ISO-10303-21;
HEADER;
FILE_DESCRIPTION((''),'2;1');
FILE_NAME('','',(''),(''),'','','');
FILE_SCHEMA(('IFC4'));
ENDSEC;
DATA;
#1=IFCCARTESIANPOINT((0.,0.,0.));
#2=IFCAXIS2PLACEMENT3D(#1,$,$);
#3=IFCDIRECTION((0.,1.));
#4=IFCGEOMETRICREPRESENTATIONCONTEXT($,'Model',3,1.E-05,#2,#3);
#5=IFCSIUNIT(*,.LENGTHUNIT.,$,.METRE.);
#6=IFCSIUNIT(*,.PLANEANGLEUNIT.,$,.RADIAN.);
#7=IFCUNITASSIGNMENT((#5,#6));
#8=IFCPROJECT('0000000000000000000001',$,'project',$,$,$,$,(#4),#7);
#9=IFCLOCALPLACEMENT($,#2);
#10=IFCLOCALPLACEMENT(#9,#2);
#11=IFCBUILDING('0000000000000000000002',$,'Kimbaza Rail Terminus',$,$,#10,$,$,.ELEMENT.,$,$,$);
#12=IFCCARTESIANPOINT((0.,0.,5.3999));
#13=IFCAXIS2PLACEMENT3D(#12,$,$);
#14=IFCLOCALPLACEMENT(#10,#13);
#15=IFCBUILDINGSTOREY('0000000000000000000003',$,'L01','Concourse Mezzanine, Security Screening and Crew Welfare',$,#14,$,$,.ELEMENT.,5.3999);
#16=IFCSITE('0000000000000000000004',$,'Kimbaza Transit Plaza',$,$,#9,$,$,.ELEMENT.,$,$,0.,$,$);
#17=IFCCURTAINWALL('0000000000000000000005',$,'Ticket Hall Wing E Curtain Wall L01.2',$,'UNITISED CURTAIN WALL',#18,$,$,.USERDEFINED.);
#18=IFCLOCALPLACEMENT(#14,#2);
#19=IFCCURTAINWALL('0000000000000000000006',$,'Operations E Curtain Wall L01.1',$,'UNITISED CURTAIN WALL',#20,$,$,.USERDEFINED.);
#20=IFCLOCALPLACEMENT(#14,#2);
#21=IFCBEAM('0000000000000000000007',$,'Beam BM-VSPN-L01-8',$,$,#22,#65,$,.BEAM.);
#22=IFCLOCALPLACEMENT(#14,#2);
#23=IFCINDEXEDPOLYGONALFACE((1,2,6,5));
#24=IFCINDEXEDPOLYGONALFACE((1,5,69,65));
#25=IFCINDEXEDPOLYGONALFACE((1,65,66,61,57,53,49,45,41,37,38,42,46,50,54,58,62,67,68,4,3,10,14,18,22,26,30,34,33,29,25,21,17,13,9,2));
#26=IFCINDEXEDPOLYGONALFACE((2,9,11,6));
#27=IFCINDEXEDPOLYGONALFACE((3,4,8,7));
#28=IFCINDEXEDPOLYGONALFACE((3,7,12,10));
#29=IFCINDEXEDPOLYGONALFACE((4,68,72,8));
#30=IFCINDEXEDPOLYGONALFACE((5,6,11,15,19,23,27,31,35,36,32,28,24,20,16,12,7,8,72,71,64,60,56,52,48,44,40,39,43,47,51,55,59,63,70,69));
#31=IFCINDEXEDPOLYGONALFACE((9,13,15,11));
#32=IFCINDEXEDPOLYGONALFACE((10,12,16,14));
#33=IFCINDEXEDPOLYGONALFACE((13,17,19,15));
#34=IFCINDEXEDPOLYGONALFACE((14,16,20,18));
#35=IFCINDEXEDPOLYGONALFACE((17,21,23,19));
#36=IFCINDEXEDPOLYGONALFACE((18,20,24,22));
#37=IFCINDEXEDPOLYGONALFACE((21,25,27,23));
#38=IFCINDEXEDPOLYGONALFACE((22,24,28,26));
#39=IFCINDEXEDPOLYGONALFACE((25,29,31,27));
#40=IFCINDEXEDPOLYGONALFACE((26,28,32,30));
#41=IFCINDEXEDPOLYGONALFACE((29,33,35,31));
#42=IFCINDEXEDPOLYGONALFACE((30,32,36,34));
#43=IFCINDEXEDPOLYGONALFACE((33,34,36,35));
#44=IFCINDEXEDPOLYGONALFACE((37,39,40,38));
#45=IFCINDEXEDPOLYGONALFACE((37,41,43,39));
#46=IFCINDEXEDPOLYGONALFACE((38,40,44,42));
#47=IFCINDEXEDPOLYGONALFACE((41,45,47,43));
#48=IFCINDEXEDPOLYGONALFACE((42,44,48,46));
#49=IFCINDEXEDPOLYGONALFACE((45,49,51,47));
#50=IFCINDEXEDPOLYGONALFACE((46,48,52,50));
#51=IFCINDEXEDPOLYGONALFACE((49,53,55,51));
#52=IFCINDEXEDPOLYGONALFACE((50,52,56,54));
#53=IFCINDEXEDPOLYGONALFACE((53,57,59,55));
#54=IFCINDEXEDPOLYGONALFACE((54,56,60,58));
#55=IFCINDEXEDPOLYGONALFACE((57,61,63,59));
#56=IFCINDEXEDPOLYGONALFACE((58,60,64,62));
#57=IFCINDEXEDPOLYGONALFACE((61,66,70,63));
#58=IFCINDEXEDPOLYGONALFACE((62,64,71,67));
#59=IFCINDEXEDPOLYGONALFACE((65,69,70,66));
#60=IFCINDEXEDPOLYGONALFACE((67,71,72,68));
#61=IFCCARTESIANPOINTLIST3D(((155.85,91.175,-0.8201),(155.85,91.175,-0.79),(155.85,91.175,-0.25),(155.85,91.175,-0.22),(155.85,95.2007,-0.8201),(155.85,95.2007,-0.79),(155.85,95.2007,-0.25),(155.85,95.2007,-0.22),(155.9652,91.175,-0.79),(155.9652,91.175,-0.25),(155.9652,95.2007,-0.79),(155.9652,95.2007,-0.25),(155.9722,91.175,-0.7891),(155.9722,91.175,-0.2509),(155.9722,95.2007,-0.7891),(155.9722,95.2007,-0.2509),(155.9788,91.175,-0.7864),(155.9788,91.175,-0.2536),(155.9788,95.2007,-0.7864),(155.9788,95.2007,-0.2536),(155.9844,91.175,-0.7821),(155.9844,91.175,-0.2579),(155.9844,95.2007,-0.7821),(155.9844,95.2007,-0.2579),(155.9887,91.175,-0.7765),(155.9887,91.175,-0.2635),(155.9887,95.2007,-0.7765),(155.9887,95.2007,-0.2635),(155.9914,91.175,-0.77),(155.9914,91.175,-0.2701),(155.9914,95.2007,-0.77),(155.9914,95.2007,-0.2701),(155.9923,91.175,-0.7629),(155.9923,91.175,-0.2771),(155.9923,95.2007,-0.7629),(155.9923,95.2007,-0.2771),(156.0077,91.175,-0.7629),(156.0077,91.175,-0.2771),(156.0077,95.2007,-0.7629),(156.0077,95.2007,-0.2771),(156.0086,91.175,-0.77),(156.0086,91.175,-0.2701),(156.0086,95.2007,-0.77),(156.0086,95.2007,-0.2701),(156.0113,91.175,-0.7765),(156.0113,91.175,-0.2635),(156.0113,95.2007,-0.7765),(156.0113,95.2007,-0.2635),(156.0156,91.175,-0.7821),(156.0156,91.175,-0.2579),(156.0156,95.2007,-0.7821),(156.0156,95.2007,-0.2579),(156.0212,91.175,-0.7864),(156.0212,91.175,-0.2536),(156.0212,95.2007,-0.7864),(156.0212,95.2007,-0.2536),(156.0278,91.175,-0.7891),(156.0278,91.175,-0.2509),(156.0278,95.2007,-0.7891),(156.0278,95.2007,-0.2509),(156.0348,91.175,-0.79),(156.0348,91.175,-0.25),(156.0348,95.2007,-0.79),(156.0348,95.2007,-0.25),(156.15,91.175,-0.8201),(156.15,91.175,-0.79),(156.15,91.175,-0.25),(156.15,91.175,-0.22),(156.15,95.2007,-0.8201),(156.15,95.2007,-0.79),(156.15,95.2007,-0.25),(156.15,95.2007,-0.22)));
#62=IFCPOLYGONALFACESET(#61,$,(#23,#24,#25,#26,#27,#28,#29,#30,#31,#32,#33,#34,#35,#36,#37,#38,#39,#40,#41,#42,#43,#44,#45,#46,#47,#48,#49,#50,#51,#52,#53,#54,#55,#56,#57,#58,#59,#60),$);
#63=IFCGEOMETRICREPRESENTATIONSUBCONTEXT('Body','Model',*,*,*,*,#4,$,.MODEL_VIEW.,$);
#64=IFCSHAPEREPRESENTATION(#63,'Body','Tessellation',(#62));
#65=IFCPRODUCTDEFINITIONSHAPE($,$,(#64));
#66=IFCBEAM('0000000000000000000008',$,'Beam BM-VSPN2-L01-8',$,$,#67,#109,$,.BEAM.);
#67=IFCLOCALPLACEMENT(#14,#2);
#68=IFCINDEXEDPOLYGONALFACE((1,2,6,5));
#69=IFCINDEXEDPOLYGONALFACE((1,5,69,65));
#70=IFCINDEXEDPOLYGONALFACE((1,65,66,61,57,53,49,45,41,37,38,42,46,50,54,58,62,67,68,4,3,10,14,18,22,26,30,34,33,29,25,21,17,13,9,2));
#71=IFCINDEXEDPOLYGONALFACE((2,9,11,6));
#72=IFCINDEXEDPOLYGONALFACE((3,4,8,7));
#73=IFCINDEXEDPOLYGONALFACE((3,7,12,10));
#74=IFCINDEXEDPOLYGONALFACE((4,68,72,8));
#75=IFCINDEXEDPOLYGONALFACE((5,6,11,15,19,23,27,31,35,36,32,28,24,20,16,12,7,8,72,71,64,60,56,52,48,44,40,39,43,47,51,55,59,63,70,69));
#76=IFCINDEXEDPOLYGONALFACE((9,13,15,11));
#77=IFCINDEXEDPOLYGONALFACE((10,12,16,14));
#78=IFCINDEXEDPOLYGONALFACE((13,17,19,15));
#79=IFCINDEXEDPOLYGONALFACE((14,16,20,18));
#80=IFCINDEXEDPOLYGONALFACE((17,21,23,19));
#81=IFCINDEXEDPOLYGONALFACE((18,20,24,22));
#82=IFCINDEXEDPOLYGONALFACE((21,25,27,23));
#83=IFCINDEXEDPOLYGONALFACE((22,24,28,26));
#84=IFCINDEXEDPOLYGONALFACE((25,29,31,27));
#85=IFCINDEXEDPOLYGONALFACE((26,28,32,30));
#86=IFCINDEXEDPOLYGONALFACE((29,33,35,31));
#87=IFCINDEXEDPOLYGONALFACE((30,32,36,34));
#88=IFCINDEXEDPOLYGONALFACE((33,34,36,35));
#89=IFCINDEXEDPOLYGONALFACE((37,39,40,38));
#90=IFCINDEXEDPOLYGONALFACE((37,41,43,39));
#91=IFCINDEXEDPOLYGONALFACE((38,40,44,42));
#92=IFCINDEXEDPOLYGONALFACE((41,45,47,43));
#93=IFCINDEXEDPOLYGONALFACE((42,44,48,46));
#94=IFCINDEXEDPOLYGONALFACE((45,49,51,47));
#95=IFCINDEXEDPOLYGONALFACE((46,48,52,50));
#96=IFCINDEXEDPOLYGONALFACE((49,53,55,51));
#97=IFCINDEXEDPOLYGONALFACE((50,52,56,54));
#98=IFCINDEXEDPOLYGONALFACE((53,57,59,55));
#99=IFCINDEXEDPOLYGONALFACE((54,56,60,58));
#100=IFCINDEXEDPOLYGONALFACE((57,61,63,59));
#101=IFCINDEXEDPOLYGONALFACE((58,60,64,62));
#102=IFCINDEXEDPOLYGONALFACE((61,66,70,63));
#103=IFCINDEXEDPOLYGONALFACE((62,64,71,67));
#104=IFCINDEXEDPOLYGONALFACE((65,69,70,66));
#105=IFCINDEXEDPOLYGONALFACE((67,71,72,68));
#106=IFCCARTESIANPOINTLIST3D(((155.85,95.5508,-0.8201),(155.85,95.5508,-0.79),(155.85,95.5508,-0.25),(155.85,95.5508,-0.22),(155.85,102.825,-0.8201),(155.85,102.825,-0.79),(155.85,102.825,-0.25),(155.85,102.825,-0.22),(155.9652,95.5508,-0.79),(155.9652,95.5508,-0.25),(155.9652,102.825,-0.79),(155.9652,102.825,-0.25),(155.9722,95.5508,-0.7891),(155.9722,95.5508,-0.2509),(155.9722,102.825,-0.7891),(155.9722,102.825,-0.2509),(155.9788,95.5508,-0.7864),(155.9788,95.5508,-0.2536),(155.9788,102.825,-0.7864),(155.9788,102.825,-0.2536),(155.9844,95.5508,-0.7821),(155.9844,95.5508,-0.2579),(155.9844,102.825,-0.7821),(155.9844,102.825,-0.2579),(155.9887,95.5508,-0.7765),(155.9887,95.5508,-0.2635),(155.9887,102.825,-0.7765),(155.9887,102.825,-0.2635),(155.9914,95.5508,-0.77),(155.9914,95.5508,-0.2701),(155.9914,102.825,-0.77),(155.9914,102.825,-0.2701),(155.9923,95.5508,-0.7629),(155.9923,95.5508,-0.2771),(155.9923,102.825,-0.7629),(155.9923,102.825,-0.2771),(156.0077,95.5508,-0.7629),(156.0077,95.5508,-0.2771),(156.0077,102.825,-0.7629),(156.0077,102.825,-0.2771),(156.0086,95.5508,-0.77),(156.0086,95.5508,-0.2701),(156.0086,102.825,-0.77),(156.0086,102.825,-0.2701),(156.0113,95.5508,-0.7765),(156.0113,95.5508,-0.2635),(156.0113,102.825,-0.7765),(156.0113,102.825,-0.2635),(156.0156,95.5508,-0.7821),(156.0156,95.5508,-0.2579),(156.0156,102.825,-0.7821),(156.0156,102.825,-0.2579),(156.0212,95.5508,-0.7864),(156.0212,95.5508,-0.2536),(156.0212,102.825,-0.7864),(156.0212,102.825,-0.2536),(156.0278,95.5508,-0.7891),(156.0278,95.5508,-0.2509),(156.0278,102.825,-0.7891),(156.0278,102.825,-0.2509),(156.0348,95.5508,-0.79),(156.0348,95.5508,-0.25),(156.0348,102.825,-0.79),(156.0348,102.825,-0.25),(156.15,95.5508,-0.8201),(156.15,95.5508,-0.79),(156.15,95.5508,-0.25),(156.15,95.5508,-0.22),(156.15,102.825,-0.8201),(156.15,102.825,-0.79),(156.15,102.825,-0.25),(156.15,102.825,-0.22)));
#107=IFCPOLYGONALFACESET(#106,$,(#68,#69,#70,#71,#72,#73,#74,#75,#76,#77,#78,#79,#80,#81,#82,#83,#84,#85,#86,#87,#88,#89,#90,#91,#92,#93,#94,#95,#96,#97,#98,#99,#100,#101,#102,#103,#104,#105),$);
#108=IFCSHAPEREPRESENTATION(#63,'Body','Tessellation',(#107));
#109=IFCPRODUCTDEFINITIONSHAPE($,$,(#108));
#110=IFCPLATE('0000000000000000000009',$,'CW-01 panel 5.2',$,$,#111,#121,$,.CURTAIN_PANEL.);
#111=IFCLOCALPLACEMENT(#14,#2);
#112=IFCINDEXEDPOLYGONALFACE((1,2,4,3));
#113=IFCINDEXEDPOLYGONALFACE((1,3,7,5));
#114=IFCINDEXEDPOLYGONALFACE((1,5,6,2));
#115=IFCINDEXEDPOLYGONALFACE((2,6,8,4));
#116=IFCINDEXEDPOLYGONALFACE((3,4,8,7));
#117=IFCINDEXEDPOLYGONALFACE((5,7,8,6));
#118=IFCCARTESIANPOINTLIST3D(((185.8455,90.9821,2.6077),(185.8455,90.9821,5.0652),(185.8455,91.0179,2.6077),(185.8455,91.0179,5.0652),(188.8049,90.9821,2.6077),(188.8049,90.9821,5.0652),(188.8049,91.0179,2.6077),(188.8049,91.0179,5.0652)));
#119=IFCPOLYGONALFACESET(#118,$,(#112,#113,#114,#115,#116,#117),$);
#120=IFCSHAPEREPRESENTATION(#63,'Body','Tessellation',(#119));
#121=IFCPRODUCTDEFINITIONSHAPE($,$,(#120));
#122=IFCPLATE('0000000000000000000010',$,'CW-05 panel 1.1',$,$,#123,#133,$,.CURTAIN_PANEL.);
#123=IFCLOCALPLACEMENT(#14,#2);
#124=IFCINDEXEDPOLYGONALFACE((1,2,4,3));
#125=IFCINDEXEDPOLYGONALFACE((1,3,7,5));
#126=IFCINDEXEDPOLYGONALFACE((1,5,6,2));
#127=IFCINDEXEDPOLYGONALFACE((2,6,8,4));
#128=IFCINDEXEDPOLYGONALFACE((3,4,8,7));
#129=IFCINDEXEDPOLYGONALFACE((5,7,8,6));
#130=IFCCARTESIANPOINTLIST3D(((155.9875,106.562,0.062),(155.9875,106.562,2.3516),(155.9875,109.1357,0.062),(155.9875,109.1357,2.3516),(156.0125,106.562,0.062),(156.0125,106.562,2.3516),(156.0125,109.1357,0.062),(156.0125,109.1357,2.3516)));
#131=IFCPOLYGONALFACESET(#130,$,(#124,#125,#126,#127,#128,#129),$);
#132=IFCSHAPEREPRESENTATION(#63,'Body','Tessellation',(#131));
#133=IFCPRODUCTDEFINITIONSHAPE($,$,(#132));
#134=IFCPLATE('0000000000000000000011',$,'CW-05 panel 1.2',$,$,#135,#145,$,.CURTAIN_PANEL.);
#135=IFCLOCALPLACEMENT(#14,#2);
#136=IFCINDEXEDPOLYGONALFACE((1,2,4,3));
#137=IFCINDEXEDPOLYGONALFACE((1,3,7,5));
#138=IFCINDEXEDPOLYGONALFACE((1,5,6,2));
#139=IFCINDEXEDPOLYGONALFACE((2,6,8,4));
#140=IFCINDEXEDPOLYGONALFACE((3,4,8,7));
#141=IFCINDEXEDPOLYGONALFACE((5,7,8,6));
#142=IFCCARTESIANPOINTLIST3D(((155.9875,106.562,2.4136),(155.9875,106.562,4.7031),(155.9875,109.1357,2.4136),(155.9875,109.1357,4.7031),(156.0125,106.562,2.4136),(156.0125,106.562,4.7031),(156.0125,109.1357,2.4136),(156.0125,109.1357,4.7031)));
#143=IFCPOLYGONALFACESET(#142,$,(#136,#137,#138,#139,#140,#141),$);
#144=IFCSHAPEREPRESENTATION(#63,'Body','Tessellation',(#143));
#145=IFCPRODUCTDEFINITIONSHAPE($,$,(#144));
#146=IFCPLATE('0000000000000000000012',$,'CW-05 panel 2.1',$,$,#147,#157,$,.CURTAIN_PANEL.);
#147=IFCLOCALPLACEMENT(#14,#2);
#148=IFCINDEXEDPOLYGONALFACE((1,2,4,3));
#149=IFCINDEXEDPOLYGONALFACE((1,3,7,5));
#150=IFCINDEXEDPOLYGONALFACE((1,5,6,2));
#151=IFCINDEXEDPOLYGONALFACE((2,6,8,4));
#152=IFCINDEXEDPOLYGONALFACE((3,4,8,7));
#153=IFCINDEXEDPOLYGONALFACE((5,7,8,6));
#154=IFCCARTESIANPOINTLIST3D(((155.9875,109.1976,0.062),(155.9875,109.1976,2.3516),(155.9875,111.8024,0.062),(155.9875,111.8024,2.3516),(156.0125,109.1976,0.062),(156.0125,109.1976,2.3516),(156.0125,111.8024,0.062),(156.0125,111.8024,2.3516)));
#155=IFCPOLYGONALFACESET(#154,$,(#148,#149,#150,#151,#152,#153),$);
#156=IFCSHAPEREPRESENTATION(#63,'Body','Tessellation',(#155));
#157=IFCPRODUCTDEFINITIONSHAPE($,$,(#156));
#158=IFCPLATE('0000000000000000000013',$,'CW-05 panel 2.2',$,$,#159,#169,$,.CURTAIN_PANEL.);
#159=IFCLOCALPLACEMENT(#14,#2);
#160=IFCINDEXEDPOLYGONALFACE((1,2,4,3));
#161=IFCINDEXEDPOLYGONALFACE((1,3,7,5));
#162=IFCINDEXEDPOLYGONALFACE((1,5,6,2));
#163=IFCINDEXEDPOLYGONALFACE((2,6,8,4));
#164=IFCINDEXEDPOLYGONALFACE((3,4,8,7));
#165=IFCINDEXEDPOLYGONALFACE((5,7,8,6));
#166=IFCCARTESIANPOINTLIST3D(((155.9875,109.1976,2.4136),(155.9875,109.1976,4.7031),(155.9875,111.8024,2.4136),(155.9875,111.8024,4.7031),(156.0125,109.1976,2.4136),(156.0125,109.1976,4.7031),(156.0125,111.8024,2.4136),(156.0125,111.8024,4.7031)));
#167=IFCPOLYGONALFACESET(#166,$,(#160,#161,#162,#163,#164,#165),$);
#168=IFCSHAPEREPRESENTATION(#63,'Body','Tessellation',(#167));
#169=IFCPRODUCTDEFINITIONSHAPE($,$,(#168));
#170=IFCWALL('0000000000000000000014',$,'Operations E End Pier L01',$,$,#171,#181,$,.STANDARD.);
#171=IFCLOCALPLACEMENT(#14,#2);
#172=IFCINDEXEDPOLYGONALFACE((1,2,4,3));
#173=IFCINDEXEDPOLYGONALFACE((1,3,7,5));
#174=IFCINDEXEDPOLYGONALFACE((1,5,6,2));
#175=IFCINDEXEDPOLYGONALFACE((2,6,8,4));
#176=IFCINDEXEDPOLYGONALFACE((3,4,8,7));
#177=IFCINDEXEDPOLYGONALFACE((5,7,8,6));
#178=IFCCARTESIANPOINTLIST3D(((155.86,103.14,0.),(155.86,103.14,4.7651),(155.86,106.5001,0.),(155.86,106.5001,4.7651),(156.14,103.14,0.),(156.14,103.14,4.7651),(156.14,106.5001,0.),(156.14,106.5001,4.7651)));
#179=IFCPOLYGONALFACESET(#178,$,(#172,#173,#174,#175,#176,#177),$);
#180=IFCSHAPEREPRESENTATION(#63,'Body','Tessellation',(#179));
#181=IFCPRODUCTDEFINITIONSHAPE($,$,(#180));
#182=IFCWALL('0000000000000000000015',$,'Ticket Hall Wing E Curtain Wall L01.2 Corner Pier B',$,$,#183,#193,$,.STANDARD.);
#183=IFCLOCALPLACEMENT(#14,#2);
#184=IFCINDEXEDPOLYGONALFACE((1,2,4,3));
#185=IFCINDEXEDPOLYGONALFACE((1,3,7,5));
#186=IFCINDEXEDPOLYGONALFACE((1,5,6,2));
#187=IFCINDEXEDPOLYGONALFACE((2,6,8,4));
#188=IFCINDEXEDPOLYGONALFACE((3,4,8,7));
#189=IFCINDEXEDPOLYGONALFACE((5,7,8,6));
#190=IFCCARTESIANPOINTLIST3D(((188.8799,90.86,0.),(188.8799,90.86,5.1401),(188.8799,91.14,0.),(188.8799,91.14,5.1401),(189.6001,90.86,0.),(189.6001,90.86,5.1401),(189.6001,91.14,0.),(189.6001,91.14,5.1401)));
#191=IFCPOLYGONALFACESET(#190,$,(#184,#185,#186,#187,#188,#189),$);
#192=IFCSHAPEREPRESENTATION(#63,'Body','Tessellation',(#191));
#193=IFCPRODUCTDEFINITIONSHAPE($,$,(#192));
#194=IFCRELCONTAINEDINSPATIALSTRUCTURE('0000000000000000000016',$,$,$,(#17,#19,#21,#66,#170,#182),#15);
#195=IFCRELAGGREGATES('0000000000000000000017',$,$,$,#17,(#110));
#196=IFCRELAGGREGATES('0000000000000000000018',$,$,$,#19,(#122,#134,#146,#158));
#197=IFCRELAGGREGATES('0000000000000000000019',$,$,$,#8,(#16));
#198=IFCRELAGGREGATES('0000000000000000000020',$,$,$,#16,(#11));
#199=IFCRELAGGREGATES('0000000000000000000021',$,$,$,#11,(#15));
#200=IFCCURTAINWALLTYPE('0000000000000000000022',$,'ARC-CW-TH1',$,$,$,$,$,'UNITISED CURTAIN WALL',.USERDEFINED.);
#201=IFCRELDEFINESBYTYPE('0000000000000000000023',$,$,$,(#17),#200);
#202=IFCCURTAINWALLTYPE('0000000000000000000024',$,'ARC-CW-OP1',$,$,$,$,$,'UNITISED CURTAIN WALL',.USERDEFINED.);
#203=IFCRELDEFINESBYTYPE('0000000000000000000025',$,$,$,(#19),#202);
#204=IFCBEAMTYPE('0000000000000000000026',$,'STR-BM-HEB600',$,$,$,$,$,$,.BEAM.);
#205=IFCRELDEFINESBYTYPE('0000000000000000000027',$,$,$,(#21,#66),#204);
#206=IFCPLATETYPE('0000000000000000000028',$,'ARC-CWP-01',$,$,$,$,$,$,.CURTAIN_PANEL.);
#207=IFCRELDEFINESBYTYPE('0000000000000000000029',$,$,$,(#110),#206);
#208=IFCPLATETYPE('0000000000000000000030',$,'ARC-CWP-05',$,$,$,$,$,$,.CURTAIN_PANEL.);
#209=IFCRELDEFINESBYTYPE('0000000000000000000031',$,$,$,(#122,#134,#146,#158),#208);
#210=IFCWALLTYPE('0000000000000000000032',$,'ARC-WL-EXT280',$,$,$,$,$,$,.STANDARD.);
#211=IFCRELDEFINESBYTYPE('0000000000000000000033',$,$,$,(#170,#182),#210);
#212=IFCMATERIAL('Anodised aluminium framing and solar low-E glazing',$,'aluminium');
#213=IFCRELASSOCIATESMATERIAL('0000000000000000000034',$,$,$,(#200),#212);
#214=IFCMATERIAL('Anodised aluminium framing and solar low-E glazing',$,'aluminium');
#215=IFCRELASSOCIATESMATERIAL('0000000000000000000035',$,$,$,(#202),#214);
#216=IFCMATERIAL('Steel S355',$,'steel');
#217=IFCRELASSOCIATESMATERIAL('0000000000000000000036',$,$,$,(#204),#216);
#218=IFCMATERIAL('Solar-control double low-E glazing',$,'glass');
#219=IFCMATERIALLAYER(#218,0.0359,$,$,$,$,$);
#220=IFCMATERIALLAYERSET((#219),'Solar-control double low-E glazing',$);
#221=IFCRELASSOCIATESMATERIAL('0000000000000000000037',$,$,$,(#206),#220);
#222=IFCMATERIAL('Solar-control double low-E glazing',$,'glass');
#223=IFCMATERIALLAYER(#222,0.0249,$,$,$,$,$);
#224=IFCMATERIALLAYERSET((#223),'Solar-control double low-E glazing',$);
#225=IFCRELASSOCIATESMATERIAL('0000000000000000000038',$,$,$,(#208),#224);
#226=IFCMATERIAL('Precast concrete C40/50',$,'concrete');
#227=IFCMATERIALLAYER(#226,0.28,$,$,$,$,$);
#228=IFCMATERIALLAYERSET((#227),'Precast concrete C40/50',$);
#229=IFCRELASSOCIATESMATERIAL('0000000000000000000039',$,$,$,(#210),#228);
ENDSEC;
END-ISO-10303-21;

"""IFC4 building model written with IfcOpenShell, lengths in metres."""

from ifc_helpers import new_model, si_unit, direction, frame, frame_2d, origin, origin_2d, place, context, subcontext, project, spatial, rectangle, i_section, extrude, material, layer, layer_set, material_profile, profile_set, type_object, element, aggregate, save


model = new_model("IFC4")

# Units and contexts
model_context = context("Model", 3, precision=1e-05, world=origin(), true_north=direction((0.0, 1.0)))
body_context = subcontext(model_context, "Body", "Model", "MODEL_VIEW")
ifc_project = project(units=[si_unit("LENGTHUNIT", "METRE"), si_unit("PLANEANGLEUNIT", "RADIAN")], contexts=[model_context])

# Site, building, storey
site_placement = place(None, origin())
site = spatial("IfcSite", under=ifc_project, at=site_placement, Name="Kimbaza Transit Plaza", CompositionType="ELEMENT", RefElevation=0.0)
building_placement = place(site_placement, origin())
building = spatial("IfcBuilding", under=site, at=building_placement, Name="Kimbaza Rail Terminus", CompositionType="ELEMENT")
storey_placement = place(building_placement, frame((0.0, 0.0, 5.3999)))
storey = spatial("IfcBuildingStorey", under=building, at=storey_placement, Name="L01", Description="Concourse Mezzanine, Security Screening and Crew Welfare", CompositionType="ELEMENT", Elevation=5.3999)

# Curtain wall
ifc_material_1 = material(Name="Anodised aluminium framing and solar low-E glazing", Category="aluminium")
curtain_wall_type_1 = type_object("IfcCurtainWallType", Name="ARC-CW-TH1", ElementType="UNITISED CURTAIN WALL", PredefinedType="USERDEFINED", material=ifc_material_1)
curtain_wall_1_placement = place(storey_placement, origin())
curtain_wall_1 = element("IfcCurtainWall", 1, at=curtain_wall_1_placement, inside=storey, type_object=curtain_wall_type_1, Name="Ticket Hall Wing E Curtain Wall L01.2", ObjectType="UNITISED CURTAIN WALL", PredefinedType="USERDEFINED")

# Curtain wall
ifc_material_2 = material(Name="Anodised aluminium framing and solar low-E glazing", Category="aluminium")
curtain_wall_type_2 = type_object("IfcCurtainWallType", Name="ARC-CW-OP1", ElementType="UNITISED CURTAIN WALL", PredefinedType="USERDEFINED", material=ifc_material_2)
curtain_wall_2_placement = place(storey_placement, origin())
curtain_wall_2 = element("IfcCurtainWall", 2, at=curtain_wall_2_placement, inside=storey, type_object=curtain_wall_type_2, Name="Operations E Curtain Wall L01.1", ObjectType="UNITISED CURTAIN WALL", PredefinedType="USERDEFINED")

# Beams
ifc_material_3 = material(Name="Steel S355", Category="steel")
ifc_material_profile_1 = material_profile(ifc_material_3, i_section(OverallWidth=0.3, OverallDepth=0.6001, WebThickness=0.0154, FlangeThickness=0.03, FilletRadius=0.0271, at=origin_2d()), Name="HEB 600")
ifc_profile_set_1 = profile_set([ifc_material_profile_1], Name="Steel S355")
beam_type_1 = type_object("IfcBeamType", Name="STR-BM-HEB600", PredefinedType="BEAM", material=ifc_profile_set_1)
beam_1_placement = place(storey_placement, frame((156.0, 91.175, -0.52), z_axis=(0.0, 1.0, 0.0), x_axis=(-1.0, 0.0, 0.0)))
element("IfcBeam", 3, at=beam_1_placement, inside=storey, type_object=beam_type_1, Name="Beam BM-VSPN-L01-8", PredefinedType="BEAM", context=body_context, shape_type="SweptSolid", body=[
    extrude(i_section(OverallWidth=0.3, OverallDepth=0.6001, WebThickness=0.0154, FlangeThickness=0.03, FilletRadius=0.0271, at=origin_2d()), origin(), (0.0, 0.0, 1.0), 4.0256),
])
beam_2_placement = place(storey_placement, frame((156.0, 95.5508, -0.52), z_axis=(0.0, 1.0, 0.0), x_axis=(-1.0, 0.0, 0.0)))
element("IfcBeam", 4, at=beam_2_placement, inside=storey, type_object=beam_type_1, Name="Beam BM-VSPN2-L01-8", PredefinedType="BEAM", context=body_context, shape_type="SweptSolid", body=[
    extrude(i_section(OverallWidth=0.3, OverallDepth=0.6001, WebThickness=0.0154, FlangeThickness=0.03, FilletRadius=0.0271, at=origin_2d()), origin(), (0.0, 0.0, 1.0), 7.2742),
])

# Plates
ifc_material_4 = material(Name="Solar-control double low-E glazing", Category="glass")
ifc_layer_1 = layer(ifc_material_4, 0.0359)
ifc_layer_set_1 = layer_set([ifc_layer_1], Name="Solar-control double low-E glazing")
plate_type_1 = type_object("IfcPlateType", Name="ARC-CWP-01", PredefinedType="CURTAIN_PANEL", material=ifc_layer_set_1)
plate_1_placement = place(storey_placement, frame((187.3252, 91.0, 2.6077), z_axis=(0.0, 0.0, 1.0), x_axis=(1.0, 0.0, 0.0)))
plate_1 = element("IfcPlate", 5, at=plate_1_placement, type_object=plate_type_1, Name="CW-01 panel 5.2", PredefinedType="CURTAIN_PANEL", context=body_context, shape_type="SweptSolid", body=[
    extrude(rectangle(XDim=2.9595, YDim=0.0359, at=origin_2d()), origin(), (0.0, 0.0, 1.0), 2.4575),
])
aggregate(curtain_wall_1, [plate_1])
ifc_material_5 = material(Name="Solar-control double low-E glazing", Category="glass")
ifc_layer_2 = layer(ifc_material_5, 0.0249)
ifc_layer_set_2 = layer_set([ifc_layer_2], Name="Solar-control double low-E glazing")
plate_type_2 = type_object("IfcPlateType", Name="ARC-CWP-05", PredefinedType="CURTAIN_PANEL", material=ifc_layer_set_2)
plate_2_placement = place(storey_placement, frame((156.0, 107.8489, 0.062), z_axis=(0.0, 0.0, 1.0), x_axis=(0.0, 1.0, 0.0)))
plate_2 = element("IfcPlate", 6, at=plate_2_placement, type_object=plate_type_2, Name="CW-05 panel 1.1", PredefinedType="CURTAIN_PANEL", context=body_context, shape_type="SweptSolid", body=[
    extrude(rectangle(XDim=2.5737, YDim=0.0249, at=origin_2d()), origin(), (0.0, 0.0, 1.0), 2.2896),
])
plate_3_placement = place(storey_placement, frame((156.0, 107.8489, 2.4136), z_axis=(0.0, 0.0, 1.0), x_axis=(0.0, 1.0, 0.0)))
plate_3 = element("IfcPlate", 7, at=plate_3_placement, type_object=plate_type_2, Name="CW-05 panel 1.2", PredefinedType="CURTAIN_PANEL", context=body_context, shape_type="SweptSolid", body=[
    extrude(rectangle(XDim=2.5737, YDim=0.0249, at=origin_2d()), origin(), (0.0, 0.0, 1.0), 2.2896),
])
plate_4_placement = place(storey_placement, frame((156.0, 110.5, 0.062), z_axis=(0.0, 0.0, 1.0), x_axis=(0.0, 1.0, 0.0)))
plate_4 = element("IfcPlate", 8, at=plate_4_placement, type_object=plate_type_2, Name="CW-05 panel 2.1", PredefinedType="CURTAIN_PANEL", context=body_context, shape_type="SweptSolid", body=[
    extrude(rectangle(XDim=2.6047, YDim=0.0249, at=origin_2d()), origin(), (0.0, 0.0, 1.0), 2.2896),
])
plate_5_placement = place(storey_placement, frame((156.0, 110.5, 2.4136), z_axis=(0.0, 0.0, 1.0), x_axis=(0.0, 1.0, 0.0)))
plate_5 = element("IfcPlate", 9, at=plate_5_placement, type_object=plate_type_2, Name="CW-05 panel 2.2", PredefinedType="CURTAIN_PANEL", context=body_context, shape_type="SweptSolid", body=[
    extrude(rectangle(XDim=2.6047, YDim=0.0249, at=origin_2d()), origin(), (0.0, 0.0, 1.0), 2.2896),
])
aggregate(curtain_wall_2, [plate_2, plate_3, plate_4, plate_5])

# Walls
ifc_material_6 = material(Name="Precast concrete C40/50", Category="concrete")
ifc_layer_3 = layer(ifc_material_6, 0.28)
ifc_layer_set_3 = layer_set([ifc_layer_3], Name="Precast concrete C40/50")
wall_type = type_object("IfcWallType", Name="ARC-WL-EXT280", PredefinedType="STANDARD", material=ifc_layer_set_3)
wall_1_placement = place(storey_placement, frame((156.0, 103.1399, 0.0), z_axis=(0.0, 0.0, 1.0), x_axis=(0.0, 1.0, 0.0)))
element("IfcWall", 10, at=wall_1_placement, inside=storey, type_object=wall_type, Name="Operations E End Pier L01", PredefinedType="STANDARD", context=body_context, shape_type="SweptSolid", body=[
    extrude(rectangle(XDim=3.3601, YDim=0.28, at=frame_2d((1.6802, 0.0))), origin(), (0.0, 0.0, 1.0), 4.7651),
])
wall_2_placement = place(storey_placement, frame((188.8799, 91.0, 0.0), z_axis=(0.0, 0.0, 1.0), x_axis=(1.0, 0.0, 0.0)))
element("IfcWall", 11, at=wall_2_placement, inside=storey, type_object=wall_type, Name="Ticket Hall Wing E Curtain Wall L01.2 Corner Pier B", PredefinedType="STANDARD", context=body_context, shape_type="SweptSolid", body=[
    extrude(rectangle(XDim=0.7202, YDim=0.28, at=frame_2d((0.3601, 0.0))), origin(), (0.0, 0.0, 1.0), 5.1401),
])

save(model, "model.ifc")
